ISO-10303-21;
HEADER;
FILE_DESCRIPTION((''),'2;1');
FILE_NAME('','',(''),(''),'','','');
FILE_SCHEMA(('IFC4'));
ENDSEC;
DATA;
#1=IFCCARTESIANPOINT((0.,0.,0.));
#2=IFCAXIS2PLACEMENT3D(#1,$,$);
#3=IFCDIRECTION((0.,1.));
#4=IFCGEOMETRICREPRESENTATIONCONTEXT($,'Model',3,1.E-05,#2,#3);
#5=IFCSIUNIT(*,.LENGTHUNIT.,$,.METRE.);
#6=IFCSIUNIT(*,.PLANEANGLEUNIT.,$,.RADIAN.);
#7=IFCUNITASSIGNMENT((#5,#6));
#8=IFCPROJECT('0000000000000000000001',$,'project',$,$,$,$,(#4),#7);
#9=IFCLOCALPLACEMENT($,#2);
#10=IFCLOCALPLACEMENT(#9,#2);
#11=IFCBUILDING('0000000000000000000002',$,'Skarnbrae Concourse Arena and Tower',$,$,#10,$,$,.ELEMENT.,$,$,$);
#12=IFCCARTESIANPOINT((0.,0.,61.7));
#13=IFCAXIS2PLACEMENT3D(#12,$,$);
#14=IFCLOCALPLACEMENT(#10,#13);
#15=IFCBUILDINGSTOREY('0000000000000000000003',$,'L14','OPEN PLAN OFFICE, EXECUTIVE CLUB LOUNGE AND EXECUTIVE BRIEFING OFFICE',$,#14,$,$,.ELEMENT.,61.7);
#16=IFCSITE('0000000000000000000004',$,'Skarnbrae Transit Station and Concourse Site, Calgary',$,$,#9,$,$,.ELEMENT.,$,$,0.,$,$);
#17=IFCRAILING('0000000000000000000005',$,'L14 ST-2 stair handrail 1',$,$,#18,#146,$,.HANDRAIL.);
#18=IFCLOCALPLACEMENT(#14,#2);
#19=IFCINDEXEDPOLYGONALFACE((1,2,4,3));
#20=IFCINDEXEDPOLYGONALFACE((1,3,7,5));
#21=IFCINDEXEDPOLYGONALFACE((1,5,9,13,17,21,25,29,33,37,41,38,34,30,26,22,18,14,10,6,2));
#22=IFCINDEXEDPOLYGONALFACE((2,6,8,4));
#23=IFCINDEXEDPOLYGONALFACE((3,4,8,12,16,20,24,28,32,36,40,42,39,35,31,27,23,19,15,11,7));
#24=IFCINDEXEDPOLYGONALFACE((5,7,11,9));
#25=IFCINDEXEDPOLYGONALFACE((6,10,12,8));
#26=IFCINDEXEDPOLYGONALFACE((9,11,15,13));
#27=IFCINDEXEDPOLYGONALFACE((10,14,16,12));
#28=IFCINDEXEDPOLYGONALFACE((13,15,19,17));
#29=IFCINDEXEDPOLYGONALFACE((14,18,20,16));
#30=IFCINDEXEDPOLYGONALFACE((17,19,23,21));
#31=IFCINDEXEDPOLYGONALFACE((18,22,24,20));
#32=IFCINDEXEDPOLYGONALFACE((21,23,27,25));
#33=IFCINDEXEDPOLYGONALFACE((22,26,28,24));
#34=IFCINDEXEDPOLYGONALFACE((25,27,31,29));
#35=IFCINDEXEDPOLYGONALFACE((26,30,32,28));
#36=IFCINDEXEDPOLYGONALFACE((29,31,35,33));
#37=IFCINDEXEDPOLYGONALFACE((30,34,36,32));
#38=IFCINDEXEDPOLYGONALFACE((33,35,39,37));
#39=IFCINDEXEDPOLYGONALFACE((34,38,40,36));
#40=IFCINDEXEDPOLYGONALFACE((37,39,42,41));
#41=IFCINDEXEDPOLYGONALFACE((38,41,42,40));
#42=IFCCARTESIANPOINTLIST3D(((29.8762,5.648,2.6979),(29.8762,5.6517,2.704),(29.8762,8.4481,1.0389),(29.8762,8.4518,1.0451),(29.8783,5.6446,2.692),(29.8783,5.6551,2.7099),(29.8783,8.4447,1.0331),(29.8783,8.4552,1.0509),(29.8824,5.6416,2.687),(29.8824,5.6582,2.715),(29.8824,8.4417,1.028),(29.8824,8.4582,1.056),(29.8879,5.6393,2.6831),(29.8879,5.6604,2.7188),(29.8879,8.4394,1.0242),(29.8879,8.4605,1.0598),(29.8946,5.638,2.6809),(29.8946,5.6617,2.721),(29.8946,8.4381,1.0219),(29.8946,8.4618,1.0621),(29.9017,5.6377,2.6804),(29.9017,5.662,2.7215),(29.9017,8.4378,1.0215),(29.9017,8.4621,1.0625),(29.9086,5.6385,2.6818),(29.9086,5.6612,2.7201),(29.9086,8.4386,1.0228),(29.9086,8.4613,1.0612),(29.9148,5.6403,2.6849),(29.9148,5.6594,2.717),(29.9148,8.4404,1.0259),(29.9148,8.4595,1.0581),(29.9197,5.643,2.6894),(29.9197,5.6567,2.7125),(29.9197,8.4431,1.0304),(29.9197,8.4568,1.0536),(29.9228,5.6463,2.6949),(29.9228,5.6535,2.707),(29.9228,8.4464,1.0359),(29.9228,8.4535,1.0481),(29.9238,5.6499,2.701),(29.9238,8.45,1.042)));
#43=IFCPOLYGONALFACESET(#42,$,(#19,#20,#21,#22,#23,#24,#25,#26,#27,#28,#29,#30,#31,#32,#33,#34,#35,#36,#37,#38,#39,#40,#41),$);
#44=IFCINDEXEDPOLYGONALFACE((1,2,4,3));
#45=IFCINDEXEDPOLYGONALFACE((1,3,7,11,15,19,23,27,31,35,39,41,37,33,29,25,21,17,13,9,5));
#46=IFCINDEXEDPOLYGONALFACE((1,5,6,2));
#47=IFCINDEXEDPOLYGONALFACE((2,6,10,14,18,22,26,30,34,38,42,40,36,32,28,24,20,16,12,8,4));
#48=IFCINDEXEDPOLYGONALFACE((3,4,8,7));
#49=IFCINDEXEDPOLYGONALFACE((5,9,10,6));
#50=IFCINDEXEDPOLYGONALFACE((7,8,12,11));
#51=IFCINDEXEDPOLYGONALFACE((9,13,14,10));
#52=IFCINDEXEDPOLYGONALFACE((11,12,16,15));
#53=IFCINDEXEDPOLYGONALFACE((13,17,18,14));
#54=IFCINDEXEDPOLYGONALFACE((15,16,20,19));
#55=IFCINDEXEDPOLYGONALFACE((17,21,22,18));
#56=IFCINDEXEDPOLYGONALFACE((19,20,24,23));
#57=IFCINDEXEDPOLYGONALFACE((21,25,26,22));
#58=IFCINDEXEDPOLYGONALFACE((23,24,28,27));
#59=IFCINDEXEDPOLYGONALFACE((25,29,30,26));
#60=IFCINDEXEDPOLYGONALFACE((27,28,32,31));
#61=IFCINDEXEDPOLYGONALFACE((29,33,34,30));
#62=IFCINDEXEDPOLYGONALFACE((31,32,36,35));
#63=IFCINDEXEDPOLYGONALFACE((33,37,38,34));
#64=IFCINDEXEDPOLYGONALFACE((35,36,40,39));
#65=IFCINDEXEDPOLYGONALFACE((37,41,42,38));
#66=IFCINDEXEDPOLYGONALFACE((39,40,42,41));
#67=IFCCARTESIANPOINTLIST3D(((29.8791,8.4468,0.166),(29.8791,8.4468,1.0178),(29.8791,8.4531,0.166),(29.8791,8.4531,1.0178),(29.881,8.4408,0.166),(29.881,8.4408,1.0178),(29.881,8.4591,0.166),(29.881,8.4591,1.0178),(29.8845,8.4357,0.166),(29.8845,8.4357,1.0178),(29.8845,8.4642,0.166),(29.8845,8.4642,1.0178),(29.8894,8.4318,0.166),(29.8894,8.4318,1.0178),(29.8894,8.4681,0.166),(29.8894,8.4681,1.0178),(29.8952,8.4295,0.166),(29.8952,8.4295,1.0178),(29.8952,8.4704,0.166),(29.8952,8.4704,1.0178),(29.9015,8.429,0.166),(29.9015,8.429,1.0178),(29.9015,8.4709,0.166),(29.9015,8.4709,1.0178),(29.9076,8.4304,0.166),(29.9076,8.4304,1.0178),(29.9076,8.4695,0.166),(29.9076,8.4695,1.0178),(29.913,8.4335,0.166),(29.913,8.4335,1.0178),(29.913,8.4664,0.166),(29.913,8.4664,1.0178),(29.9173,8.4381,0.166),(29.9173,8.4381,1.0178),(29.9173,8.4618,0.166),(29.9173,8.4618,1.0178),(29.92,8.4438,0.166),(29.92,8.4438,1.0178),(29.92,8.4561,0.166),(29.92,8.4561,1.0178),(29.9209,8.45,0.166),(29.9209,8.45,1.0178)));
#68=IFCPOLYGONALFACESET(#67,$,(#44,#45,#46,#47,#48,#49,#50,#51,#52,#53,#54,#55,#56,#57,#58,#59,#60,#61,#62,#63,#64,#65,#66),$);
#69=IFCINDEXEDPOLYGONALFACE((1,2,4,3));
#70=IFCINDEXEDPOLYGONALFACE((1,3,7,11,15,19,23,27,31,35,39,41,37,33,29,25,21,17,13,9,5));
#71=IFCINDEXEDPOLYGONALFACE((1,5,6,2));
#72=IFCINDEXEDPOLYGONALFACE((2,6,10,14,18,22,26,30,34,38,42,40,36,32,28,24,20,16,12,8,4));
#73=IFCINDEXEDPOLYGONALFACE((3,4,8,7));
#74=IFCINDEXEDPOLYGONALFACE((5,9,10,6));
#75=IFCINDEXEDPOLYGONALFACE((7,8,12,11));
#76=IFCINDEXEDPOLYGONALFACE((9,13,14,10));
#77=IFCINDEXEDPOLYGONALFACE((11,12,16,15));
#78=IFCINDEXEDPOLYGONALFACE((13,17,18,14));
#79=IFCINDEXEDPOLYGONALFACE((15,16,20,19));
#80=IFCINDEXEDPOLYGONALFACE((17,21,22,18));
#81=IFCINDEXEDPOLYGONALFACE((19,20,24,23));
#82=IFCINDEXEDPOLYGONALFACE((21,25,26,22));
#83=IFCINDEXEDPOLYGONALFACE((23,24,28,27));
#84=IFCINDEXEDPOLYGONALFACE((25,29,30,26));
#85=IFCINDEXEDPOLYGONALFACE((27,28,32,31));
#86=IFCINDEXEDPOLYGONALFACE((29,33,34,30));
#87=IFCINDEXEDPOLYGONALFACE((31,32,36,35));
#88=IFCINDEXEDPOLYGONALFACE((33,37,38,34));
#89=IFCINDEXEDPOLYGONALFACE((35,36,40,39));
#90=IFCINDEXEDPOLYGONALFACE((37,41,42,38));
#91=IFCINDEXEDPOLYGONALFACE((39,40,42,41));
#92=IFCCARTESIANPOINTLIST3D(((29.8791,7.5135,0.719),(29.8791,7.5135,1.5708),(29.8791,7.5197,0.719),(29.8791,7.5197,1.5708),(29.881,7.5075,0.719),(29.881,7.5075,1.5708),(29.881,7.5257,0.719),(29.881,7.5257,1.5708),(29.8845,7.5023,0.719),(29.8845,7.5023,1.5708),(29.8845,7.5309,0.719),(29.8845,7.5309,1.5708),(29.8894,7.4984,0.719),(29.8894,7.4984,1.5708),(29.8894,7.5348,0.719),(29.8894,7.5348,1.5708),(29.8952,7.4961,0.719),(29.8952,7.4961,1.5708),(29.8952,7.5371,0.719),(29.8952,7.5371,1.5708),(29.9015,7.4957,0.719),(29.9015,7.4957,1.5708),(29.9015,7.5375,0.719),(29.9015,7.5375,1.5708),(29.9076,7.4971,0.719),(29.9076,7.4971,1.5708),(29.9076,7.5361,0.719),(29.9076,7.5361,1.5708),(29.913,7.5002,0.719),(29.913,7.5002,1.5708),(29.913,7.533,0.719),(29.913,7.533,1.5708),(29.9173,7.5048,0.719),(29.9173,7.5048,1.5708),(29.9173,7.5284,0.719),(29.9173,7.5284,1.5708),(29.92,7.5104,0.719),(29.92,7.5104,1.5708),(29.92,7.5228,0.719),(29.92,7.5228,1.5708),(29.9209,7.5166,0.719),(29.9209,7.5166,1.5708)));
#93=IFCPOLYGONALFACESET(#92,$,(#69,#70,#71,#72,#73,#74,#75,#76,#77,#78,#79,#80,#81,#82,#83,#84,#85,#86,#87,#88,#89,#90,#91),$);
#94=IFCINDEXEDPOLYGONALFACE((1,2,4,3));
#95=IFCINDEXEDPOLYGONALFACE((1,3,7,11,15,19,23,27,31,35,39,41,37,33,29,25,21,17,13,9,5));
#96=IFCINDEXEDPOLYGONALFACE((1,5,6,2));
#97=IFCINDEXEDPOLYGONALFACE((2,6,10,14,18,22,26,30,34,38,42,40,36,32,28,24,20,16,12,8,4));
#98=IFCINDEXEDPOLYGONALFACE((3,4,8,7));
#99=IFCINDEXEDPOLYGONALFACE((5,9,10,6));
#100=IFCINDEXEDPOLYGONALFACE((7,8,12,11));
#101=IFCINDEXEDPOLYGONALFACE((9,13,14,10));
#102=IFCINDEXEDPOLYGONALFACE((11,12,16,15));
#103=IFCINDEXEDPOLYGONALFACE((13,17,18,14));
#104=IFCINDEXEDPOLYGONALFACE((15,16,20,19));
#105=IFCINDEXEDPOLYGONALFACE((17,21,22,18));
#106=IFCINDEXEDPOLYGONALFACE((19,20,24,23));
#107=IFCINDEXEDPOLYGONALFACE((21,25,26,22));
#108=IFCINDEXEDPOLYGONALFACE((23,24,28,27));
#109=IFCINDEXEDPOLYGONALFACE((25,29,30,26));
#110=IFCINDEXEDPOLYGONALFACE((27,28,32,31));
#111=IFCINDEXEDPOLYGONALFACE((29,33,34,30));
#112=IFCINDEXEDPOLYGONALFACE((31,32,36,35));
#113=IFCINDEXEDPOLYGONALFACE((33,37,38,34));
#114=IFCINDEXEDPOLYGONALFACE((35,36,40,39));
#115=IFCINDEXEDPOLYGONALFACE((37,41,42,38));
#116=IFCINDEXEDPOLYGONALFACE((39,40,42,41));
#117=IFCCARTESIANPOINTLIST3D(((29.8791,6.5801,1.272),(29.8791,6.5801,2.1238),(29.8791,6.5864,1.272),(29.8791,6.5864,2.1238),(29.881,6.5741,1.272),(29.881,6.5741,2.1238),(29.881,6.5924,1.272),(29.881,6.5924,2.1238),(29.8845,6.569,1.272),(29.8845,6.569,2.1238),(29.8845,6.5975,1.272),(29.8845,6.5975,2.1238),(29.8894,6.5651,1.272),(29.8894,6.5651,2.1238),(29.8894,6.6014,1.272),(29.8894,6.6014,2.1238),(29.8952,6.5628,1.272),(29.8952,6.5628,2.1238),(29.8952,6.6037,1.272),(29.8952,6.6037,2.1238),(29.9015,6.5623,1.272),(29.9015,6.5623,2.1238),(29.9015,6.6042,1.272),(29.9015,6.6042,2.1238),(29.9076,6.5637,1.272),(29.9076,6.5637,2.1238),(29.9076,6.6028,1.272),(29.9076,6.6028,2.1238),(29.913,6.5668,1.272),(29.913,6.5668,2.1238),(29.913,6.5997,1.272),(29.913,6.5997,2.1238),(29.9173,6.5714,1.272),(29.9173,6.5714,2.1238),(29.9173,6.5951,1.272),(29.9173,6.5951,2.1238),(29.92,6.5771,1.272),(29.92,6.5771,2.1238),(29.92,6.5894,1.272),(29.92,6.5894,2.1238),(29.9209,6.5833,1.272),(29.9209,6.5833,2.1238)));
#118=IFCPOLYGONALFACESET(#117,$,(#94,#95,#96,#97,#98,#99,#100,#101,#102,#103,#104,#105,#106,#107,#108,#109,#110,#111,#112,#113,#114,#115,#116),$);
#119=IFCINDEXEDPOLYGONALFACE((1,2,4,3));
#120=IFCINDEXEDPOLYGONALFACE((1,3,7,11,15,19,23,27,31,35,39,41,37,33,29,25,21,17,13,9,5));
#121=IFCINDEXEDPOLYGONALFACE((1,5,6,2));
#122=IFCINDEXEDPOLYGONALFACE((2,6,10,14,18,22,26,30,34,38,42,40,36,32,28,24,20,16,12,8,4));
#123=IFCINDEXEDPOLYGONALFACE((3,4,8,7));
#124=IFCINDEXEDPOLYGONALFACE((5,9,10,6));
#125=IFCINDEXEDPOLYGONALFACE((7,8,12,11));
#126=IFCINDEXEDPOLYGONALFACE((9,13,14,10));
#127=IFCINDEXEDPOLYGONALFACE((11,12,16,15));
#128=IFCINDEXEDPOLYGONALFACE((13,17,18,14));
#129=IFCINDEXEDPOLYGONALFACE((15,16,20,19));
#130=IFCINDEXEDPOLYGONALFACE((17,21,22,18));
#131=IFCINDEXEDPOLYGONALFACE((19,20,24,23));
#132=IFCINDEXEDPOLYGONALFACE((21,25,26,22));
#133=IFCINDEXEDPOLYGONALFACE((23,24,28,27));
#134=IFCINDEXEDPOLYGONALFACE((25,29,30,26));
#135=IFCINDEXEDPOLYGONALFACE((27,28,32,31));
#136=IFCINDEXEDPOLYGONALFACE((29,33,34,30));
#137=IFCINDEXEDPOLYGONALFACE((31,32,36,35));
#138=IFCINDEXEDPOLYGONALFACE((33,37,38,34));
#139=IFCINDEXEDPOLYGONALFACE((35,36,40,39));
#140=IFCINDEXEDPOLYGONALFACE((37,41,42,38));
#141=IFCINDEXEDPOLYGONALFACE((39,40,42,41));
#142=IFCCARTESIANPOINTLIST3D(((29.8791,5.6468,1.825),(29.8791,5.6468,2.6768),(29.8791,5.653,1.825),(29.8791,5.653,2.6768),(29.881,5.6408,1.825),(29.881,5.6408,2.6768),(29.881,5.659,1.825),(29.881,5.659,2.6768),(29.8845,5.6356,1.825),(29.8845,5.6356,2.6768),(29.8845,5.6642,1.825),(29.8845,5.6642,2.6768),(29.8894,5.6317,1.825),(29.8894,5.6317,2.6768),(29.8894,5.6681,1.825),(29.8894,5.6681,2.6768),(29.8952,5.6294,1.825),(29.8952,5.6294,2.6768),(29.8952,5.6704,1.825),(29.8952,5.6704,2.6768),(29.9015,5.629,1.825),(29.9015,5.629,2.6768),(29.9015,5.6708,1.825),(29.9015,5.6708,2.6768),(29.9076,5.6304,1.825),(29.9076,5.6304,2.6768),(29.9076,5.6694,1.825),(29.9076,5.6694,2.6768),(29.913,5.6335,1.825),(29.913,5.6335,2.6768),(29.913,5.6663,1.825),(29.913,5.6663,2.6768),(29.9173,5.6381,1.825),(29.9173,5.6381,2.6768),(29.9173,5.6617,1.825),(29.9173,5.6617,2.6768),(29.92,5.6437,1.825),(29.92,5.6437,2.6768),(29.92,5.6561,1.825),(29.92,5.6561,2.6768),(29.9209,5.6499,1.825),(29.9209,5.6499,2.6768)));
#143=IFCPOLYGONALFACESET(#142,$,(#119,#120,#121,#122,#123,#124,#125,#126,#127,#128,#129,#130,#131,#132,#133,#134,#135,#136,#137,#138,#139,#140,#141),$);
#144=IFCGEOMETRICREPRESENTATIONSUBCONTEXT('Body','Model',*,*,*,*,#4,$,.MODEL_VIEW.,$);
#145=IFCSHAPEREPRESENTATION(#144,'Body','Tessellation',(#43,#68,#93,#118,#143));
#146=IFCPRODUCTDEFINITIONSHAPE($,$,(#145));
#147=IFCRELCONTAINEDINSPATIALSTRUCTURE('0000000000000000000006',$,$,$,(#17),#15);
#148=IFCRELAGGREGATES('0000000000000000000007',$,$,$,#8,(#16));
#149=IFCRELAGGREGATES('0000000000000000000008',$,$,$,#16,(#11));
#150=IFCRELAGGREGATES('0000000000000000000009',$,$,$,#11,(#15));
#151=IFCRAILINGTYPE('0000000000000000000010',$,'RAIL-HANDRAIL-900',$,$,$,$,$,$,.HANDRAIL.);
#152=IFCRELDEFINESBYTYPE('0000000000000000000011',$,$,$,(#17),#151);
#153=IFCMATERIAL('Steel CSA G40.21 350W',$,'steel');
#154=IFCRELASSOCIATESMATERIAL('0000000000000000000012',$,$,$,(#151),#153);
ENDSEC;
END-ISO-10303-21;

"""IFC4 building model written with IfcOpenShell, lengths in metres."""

from ifc_helpers import new_model, si_unit, direction, frame, origin, origin_2d, place, context, subcontext, project, spatial, circle, extrude, material, type_object, element, save


model = new_model("IFC4")

# Units and contexts
model_context = context("Model", 3, precision=1e-05, world=origin(), true_north=direction((0.0, 1.0)))
body_context = subcontext(model_context, "Body", "Model", "MODEL_VIEW")
ifc_project = project(units=[si_unit("LENGTHUNIT", "METRE"), si_unit("PLANEANGLEUNIT", "RADIAN")], contexts=[model_context])

# Site, building, storey
site_placement = place(None, origin())
site = spatial("IfcSite", under=ifc_project, at=site_placement, Name="Skarnbrae Transit Station and Concourse Site, Calgary", CompositionType="ELEMENT", RefElevation=0.0)
building_placement = place(site_placement, origin())
building = spatial("IfcBuilding", under=site, at=building_placement, Name="Skarnbrae Concourse Arena and Tower", CompositionType="ELEMENT")
storey_placement = place(building_placement, frame((0.0, 0.0, 61.7)))
storey = spatial("IfcBuildingStorey", under=building, at=storey_placement, Name="L14", Description="OPEN PLAN OFFICE, EXECUTIVE CLUB LOUNGE AND EXECUTIVE BRIEFING OFFICE", CompositionType="ELEMENT", Elevation=61.7)

# Shared definitions
ifc_material_1 = material(Name="Steel CSA G40.21 350W", Category="steel")

# Railing
railing_type_1 = type_object("IfcRailingType", Name="RAIL-HANDRAIL-900", PredefinedType="HANDRAIL", material=ifc_material_1)
railing_1_placement = place(storey_placement, frame((29.8999, 8.45, 0.166)))
element("IfcRailing", 1, at=railing_1_placement, inside=storey, type_object=railing_type_1, Name="L14 ST-2 stair handrail 1", PredefinedType="HANDRAIL", context=body_context, shape_type="SweptSolid", body=[
    extrude(circle(Radius=0.0239, at=origin_2d()), frame((0.0, 0.0, 0.876), z_axis=(0.0, -0.860339, 0.509722), x_axis=(1.0, 0.0, 0.0)), (0.0, 0.0, 1.0), 3.2546),
    extrude(circle(Radius=0.021, at=origin_2d()), origin(), (0.0, 0.0, 1.0), 0.8518),
    extrude(circle(Radius=0.021, at=origin_2d()), frame((0.0, -0.9333, 0.553)), (0.0, 0.0, 1.0), 0.8518),
    extrude(circle(Radius=0.021, at=origin_2d()), frame((0.0, -1.8667, 1.106)), (0.0, 0.0, 1.0), 0.8518),
    extrude(circle(Radius=0.021, at=origin_2d()), frame((0.0, -2.8, 1.6589)), (0.0, 0.0, 1.0), 0.8518),
])

save(model, "model.ifc")
